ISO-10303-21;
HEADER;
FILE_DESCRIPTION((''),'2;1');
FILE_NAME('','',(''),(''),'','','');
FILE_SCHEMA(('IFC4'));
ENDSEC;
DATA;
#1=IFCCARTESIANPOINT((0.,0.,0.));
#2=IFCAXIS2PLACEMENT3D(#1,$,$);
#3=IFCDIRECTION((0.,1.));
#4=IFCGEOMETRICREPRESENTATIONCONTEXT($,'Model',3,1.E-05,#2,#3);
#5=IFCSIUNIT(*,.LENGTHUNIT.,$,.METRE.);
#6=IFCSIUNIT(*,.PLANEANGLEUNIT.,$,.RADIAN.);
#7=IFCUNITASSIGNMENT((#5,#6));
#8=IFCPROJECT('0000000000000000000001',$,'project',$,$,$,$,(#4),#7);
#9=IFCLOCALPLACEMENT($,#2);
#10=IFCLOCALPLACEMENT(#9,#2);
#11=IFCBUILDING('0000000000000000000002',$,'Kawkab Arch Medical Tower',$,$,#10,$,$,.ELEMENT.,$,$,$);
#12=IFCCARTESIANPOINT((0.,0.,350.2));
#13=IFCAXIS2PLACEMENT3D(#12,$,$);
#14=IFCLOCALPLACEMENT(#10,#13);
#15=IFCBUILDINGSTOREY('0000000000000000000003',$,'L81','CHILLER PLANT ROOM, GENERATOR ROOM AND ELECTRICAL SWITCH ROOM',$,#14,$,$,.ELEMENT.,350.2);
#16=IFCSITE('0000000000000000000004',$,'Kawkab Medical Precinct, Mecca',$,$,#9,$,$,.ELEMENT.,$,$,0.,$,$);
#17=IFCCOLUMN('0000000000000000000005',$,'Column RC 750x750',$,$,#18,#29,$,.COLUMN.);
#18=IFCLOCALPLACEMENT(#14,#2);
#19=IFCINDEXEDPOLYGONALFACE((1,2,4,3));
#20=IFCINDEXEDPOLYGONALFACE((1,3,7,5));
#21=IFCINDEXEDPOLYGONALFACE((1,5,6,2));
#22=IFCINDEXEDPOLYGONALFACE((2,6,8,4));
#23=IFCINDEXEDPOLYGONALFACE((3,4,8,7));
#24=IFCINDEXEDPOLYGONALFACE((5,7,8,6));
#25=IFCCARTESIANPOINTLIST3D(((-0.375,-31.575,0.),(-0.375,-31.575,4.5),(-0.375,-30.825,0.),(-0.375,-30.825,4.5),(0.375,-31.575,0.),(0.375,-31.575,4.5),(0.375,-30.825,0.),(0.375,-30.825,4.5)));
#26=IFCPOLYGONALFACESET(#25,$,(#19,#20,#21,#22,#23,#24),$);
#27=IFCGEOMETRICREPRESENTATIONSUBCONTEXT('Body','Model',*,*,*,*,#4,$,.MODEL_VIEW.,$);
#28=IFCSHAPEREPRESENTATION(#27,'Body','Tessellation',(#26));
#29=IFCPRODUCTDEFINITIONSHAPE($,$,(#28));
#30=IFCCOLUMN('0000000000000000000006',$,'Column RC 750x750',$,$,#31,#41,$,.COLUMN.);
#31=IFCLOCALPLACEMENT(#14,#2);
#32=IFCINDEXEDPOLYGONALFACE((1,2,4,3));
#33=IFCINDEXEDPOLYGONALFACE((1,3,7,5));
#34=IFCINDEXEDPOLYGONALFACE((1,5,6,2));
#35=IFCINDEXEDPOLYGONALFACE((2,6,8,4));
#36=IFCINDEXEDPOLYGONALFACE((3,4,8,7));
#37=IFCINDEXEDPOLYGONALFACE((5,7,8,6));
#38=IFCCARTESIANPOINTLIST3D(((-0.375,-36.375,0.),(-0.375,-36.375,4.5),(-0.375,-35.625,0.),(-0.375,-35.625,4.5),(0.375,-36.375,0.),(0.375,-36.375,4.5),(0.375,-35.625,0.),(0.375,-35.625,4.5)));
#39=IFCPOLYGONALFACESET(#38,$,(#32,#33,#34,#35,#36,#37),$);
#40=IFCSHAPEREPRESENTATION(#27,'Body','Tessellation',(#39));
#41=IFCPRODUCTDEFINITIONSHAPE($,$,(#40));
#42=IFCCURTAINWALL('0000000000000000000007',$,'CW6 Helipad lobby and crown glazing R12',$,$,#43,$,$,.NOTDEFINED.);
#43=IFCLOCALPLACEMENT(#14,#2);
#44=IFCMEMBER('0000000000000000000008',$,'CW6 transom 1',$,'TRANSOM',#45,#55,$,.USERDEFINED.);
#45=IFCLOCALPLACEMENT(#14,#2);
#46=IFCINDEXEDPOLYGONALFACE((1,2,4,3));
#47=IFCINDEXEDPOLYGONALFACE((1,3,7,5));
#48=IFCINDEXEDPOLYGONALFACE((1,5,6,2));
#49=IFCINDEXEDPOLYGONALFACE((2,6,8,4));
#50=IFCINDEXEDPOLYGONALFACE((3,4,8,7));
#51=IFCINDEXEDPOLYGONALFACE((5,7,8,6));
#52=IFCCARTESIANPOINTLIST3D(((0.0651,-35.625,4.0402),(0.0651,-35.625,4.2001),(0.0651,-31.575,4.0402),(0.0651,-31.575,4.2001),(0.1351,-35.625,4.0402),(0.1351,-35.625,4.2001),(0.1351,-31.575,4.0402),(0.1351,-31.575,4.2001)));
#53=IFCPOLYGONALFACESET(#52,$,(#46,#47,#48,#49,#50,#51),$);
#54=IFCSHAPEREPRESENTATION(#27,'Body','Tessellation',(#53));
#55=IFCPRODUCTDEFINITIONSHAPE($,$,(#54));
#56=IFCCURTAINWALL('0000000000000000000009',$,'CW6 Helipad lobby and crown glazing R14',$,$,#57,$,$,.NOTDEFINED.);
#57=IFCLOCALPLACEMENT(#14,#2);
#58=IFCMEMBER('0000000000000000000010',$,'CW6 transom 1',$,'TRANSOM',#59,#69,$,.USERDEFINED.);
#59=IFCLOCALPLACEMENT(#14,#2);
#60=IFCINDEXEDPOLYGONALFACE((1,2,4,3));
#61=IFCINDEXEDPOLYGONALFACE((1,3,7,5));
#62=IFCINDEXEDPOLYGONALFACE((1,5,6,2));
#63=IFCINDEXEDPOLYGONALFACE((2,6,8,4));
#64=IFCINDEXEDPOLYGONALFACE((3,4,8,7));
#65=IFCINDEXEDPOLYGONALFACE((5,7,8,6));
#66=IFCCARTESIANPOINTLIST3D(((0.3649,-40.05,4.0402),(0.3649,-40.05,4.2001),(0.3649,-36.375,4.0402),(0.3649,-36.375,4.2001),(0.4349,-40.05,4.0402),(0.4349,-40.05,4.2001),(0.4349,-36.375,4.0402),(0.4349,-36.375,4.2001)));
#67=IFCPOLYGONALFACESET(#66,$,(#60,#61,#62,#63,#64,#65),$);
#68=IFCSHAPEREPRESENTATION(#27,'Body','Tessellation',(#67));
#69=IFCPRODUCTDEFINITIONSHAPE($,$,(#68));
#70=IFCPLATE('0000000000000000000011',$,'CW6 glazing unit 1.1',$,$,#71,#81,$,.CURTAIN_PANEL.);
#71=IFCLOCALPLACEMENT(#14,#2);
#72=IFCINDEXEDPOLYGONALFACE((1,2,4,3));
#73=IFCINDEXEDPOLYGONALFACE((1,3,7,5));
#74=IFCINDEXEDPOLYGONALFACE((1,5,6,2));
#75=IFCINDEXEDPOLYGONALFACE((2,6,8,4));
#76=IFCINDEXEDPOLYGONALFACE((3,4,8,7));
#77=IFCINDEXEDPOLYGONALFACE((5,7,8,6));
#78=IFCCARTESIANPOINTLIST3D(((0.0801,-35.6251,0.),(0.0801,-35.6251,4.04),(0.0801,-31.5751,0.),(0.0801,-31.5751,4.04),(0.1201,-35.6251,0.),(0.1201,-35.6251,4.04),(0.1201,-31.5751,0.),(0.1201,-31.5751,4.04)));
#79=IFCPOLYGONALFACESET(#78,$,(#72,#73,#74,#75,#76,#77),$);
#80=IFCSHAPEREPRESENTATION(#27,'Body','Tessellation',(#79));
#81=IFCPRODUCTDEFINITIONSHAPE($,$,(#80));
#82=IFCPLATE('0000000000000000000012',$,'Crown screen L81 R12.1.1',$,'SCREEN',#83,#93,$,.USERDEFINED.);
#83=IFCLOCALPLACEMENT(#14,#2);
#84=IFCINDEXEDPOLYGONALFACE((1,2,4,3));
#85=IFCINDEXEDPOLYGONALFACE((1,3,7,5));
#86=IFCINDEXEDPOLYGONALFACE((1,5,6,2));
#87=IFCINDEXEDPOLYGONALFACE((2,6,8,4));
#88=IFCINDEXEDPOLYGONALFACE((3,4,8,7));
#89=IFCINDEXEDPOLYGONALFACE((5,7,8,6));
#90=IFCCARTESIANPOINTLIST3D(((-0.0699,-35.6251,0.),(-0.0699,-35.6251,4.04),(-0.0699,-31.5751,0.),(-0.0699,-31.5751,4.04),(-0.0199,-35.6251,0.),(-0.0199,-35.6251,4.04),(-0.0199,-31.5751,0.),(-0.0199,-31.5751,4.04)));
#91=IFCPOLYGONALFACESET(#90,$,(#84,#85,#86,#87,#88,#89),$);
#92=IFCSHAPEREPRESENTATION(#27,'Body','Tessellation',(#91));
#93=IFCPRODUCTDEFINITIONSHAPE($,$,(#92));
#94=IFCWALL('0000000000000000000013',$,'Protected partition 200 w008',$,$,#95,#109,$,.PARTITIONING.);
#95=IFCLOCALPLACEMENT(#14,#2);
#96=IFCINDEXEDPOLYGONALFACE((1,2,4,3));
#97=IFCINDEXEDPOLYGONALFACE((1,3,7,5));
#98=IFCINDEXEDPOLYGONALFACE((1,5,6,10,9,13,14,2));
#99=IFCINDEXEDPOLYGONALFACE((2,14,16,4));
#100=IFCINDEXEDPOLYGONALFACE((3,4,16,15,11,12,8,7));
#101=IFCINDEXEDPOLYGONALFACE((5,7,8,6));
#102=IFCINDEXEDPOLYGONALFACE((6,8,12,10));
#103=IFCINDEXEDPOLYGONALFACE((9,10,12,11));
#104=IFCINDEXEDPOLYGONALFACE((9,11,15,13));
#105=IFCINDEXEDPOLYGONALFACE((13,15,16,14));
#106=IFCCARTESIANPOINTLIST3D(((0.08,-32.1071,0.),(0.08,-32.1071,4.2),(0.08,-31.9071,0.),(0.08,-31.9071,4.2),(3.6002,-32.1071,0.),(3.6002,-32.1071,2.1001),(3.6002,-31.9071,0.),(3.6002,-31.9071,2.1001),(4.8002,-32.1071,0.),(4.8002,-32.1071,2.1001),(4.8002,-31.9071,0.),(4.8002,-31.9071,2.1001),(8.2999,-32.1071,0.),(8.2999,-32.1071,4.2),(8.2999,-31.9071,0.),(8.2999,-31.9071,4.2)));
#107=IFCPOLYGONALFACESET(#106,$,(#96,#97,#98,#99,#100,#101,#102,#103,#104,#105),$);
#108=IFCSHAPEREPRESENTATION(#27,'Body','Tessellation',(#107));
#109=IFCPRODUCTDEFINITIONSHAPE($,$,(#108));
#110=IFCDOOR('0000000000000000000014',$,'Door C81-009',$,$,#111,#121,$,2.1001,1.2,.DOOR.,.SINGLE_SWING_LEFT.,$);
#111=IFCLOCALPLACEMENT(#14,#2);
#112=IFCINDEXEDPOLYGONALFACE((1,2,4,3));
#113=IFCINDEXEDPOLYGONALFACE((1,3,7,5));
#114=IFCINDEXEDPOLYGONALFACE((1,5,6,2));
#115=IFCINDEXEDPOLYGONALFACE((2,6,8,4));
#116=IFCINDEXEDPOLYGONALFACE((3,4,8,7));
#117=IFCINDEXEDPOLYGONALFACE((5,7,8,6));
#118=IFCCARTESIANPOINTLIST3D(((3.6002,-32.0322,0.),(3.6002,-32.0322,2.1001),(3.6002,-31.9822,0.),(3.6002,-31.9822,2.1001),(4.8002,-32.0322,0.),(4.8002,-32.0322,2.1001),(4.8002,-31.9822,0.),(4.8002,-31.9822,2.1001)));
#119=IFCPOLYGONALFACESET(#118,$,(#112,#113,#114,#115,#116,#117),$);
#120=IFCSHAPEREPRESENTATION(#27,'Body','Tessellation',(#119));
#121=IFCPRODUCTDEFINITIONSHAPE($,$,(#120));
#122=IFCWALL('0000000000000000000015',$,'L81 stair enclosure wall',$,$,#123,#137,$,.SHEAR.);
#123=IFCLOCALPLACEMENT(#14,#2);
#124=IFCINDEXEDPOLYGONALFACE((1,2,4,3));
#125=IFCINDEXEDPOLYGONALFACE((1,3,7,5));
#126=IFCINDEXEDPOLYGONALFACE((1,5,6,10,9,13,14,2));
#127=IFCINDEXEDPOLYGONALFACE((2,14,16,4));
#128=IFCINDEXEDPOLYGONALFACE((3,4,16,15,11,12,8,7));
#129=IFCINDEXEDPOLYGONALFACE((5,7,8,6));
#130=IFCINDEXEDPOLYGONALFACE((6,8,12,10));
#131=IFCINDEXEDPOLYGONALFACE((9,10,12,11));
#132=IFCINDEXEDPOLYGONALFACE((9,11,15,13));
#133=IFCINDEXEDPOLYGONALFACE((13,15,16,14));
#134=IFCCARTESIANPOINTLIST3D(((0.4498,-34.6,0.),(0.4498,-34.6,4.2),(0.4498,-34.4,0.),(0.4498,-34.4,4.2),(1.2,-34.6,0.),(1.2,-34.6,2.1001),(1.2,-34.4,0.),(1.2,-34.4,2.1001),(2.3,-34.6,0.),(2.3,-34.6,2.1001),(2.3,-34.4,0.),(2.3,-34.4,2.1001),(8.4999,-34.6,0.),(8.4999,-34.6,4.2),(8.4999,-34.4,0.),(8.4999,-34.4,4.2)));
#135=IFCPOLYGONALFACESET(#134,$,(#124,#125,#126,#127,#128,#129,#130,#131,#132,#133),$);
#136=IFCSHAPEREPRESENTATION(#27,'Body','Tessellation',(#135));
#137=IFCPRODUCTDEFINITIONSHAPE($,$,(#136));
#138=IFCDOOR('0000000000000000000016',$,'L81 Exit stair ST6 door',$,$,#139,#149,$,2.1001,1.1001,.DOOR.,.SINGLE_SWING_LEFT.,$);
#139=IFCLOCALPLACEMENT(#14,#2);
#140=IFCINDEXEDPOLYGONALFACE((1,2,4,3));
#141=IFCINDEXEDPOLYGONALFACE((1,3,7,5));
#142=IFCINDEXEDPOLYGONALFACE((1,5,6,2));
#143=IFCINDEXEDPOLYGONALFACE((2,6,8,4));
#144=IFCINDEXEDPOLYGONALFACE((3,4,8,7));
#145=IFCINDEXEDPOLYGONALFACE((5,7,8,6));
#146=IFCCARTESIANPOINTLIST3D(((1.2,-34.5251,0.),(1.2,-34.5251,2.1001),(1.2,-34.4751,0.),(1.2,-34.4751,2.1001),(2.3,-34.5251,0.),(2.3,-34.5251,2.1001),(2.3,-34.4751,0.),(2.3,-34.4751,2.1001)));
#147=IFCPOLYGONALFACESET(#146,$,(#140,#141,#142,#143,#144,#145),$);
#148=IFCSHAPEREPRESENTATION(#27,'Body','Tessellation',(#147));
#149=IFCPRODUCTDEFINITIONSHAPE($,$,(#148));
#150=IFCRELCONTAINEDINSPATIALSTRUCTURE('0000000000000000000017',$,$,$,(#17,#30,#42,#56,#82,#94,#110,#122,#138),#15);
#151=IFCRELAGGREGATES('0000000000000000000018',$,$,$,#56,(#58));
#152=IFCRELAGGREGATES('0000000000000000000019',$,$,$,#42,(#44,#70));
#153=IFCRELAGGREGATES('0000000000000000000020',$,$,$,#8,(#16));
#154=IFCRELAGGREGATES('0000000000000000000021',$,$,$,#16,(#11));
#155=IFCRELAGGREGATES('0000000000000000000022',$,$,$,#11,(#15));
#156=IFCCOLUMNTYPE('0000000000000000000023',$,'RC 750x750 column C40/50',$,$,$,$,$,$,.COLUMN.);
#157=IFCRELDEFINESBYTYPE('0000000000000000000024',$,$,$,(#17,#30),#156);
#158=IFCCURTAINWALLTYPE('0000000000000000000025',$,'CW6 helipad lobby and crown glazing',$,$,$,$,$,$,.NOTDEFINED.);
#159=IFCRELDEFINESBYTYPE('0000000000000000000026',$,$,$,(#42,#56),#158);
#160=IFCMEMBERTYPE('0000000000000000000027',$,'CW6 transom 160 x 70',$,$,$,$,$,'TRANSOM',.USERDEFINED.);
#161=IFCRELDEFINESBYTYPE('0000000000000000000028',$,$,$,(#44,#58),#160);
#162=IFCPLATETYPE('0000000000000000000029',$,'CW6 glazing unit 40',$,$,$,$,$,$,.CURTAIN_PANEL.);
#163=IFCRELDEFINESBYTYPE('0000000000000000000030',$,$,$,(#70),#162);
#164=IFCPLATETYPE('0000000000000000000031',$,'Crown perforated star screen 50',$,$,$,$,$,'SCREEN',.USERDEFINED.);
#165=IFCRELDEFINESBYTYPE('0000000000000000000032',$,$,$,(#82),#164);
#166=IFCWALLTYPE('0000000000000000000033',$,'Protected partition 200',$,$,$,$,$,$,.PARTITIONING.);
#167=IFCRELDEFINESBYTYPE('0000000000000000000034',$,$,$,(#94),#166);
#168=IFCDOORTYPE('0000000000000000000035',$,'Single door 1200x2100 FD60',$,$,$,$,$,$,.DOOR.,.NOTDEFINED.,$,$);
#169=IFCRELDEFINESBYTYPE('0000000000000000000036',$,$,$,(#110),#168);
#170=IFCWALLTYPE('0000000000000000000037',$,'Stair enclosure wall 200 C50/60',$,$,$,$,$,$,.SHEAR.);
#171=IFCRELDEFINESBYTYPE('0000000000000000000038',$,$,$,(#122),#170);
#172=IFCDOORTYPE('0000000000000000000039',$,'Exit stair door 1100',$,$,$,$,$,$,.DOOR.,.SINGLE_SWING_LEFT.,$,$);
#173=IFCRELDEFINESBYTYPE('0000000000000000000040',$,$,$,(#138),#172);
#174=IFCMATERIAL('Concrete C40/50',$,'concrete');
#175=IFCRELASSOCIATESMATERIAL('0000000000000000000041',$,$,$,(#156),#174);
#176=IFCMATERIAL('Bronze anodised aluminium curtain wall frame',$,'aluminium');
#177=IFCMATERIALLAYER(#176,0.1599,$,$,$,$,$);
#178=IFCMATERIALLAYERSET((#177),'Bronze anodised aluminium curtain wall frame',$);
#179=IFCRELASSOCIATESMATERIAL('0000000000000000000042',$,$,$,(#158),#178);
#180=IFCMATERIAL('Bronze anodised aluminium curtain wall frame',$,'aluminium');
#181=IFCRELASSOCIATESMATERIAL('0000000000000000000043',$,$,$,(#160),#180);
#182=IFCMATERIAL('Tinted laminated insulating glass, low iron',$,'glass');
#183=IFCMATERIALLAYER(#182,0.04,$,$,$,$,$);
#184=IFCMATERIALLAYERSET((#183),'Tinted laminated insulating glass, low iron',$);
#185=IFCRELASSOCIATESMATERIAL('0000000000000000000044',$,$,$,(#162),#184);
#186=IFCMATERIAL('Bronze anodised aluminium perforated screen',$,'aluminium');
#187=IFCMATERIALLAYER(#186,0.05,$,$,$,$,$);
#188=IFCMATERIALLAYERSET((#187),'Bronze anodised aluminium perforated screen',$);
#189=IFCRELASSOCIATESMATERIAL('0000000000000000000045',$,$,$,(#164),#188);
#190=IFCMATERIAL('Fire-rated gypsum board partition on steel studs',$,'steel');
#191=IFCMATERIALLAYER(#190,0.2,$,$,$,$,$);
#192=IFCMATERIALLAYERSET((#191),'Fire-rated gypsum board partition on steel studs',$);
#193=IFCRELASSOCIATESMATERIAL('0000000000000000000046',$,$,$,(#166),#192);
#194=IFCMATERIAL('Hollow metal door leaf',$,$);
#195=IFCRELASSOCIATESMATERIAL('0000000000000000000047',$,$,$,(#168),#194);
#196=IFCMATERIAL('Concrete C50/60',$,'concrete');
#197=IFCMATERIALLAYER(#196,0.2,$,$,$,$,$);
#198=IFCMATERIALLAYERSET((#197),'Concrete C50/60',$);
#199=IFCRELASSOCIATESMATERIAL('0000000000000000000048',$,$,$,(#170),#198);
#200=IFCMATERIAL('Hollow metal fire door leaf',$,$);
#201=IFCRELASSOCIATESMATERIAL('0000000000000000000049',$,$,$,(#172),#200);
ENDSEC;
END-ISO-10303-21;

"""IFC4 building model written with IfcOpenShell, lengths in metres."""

from ifc_helpers import new_model, si_unit, direction, frame, frame_2d, origin, origin_2d, place, context, subcontext, project, spatial, rectangle, extrude, material, layer, layer_set, material_profile, profile_set, type_object, element, fill, aggregate, save


model = new_model("IFC4")

# Units and contexts
model_context = context("Model", 3, precision=1e-05, world=origin(), true_north=direction((0.0, 1.0)))
body_context = subcontext(model_context, "Body", "Model", "MODEL_VIEW")
ifc_project = project(units=[si_unit("LENGTHUNIT", "METRE"), si_unit("PLANEANGLEUNIT", "RADIAN")], contexts=[model_context])

# Site, building, storey
site_placement = place(None, origin())
site = spatial("IfcSite", under=ifc_project, at=site_placement, Name="Kawkab Medical Precinct, Mecca", CompositionType="ELEMENT", RefElevation=0.0)
building_placement = place(site_placement, origin())
building = spatial("IfcBuilding", under=site, at=building_placement, Name="Kawkab Arch Medical Tower", CompositionType="ELEMENT")
storey_placement = place(building_placement, frame((0.0, 0.0, 350.2)))
storey = spatial("IfcBuildingStorey", under=building, at=storey_placement, Name="L81", Description="CHILLER PLANT ROOM, GENERATOR ROOM AND ELECTRICAL SWITCH ROOM", CompositionType="ELEMENT", Elevation=350.2)

# Columns
ifc_material_1 = material(Name="Concrete C40/50", Category="concrete")
ifc_material_profile_1 = material_profile(ifc_material_1, rectangle(XDim=0.75, YDim=0.75, at=origin_2d()), Name="RC 750x750")
ifc_profile_set_1 = profile_set([ifc_material_profile_1], Name="Concrete C40/50")
column_type = type_object("IfcColumnType", Name="RC 750x750 column C40/50", PredefinedType="COLUMN", material=ifc_profile_set_1)
for number, where, z_axis, x_axis, name in (
    (1, (0.0, -31.2, 0.0), (0.0, 0.0, 1.0), (1.0, 0.0, 0.0), "Column RC 750x750"),
    (2, (0.0, -36.0, 0.0), (0.0, 0.0, 1.0), (1.0, 0.0, 0.0), "Column RC 750x750"),
):
    element("IfcColumn", number, at=place(storey_placement, frame(where, z_axis=z_axis, x_axis=x_axis)), inside=storey, type_object=column_type, Name=name, PredefinedType="COLUMN", context=body_context, shape_type="SweptSolid", body=[
        extrude(rectangle(XDim=0.75, YDim=0.75, at=origin_2d()), origin(), (0.0, 0.0, 1.0), 4.5),
    ])

# Curtain walls, members
ifc_material_2 = material(Name="Bronze anodised aluminium curtain wall frame", Category="aluminium")
ifc_layer_1 = layer(ifc_material_2, 0.1599)
ifc_layer_set_1 = layer_set([ifc_layer_1], Name="Bronze anodised aluminium curtain wall frame")
curtain_wall_type = type_object("IfcCurtainWallType", Name="CW6 helipad lobby and crown glazing", PredefinedType="NOTDEFINED", material=ifc_layer_set_1)
placement = place(storey_placement, origin())
curtain_wall_1 = element("IfcCurtainWall", 3, at=placement, inside=storey, type_object=curtain_wall_type, Name="CW6 Helipad lobby and crown glazing R12", PredefinedType="NOTDEFINED")
ifc_material_3 = material(Name="Bronze anodised aluminium curtain wall frame", Category="aluminium")
ifc_material_profile_2 = material_profile(ifc_material_3, rectangle(XDim=0.0701, YDim=0.1599, at=origin_2d()), Name="AL 70x160")
ifc_profile_set_2 = profile_set([ifc_material_profile_2], Name="Bronze anodised aluminium curtain wall frame")
member_type = type_object("IfcMemberType", Name="CW6 transom 160 x 70", ElementType="TRANSOM", PredefinedType="USERDEFINED", material=ifc_profile_set_2)
member_1_placement = place(storey_placement, frame((0.1001, -31.575, 4.1201), z_axis=(0.0, -1.0, 0.0), x_axis=(1.0, 0.0, 0.0)))
member_1 = element("IfcMember", 4, at=member_1_placement, type_object=member_type, Name="CW6 transom 1", ObjectType="TRANSOM", PredefinedType="USERDEFINED", context=body_context, shape_type="SweptSolid", body=[
    extrude(rectangle(XDim=0.0701, YDim=0.1599, at=origin_2d()), origin(), (0.0, 0.0, 1.0), 4.05),
])
curtain_wall_2 = element("IfcCurtainWall", 5, at=placement, inside=storey, type_object=curtain_wall_type, Name="CW6 Helipad lobby and crown glazing R14", PredefinedType="NOTDEFINED")
member_2_placement = place(storey_placement, frame((0.3999, -36.375, 4.1201), z_axis=(0.0, -1.0, 0.0), x_axis=(1.0, 0.0, 0.0)))
member_2 = element("IfcMember", 6, at=member_2_placement, type_object=member_type, Name="CW6 transom 1", ObjectType="TRANSOM", PredefinedType="USERDEFINED", context=body_context, shape_type="SweptSolid", body=[
    extrude(rectangle(XDim=0.0701, YDim=0.1599, at=origin_2d()), origin(), (0.0, 0.0, 1.0), 3.675),
])
aggregate(curtain_wall_2, [member_2])

# Plates
ifc_material_4 = material(Name="Tinted laminated insulating glass, low iron", Category="glass")
ifc_layer_2 = layer(ifc_material_4, 0.04)
ifc_layer_set_2 = layer_set([ifc_layer_2], Name="Tinted laminated insulating glass, low iron")
plate_type_1 = type_object("IfcPlateType", Name="CW6 glazing unit 40", PredefinedType="CURTAIN_PANEL", material=ifc_layer_set_2)
plate_1_placement = place(storey_placement, frame((0.1001, -33.6001, 0.0), z_axis=(0.0, 0.0, 1.0), x_axis=(0.0, -1.0, 0.0)))
plate_1 = element("IfcPlate", 7, at=plate_1_placement, type_object=plate_type_1, Name="CW6 glazing unit 1.1", PredefinedType="CURTAIN_PANEL", context=body_context, shape_type="SweptSolid", body=[
    extrude(rectangle(XDim=4.05, YDim=0.04, at=origin_2d()), origin(), (0.0, 0.0, 1.0), 4.04),
])
aggregate(curtain_wall_1, [member_1, plate_1])
ifc_material_5 = material(Name="Bronze anodised aluminium perforated screen", Category="aluminium")
ifc_layer_3 = layer(ifc_material_5, 0.05)
ifc_layer_set_3 = layer_set([ifc_layer_3], Name="Bronze anodised aluminium perforated screen")
plate_type_2 = type_object("IfcPlateType", Name="Crown perforated star screen 50", ElementType="SCREEN", PredefinedType="USERDEFINED", material=ifc_layer_set_3)
plate_2_placement = place(storey_placement, frame((-0.0449, -33.6001, 0.0), z_axis=(0.0, 0.0, 1.0), x_axis=(0.0, -1.0, 0.0)))
element("IfcPlate", 8, at=plate_2_placement, inside=storey, type_object=plate_type_2, Name="Crown screen L81 R12.1.1", ObjectType="SCREEN", PredefinedType="USERDEFINED", context=body_context, shape_type="SweptSolid", body=[
    extrude(rectangle(XDim=4.05, YDim=0.05, at=origin_2d()), origin(), (0.0, 0.0, 1.0), 4.04),
])

# Walls, openings, doors
ifc_material_6 = material(Name="Fire-rated gypsum board partition on steel studs", Category="steel")
ifc_layer_4 = layer(ifc_material_6, 0.2)
ifc_layer_set_4 = layer_set([ifc_layer_4], Name="Fire-rated gypsum board partition on steel studs")
wall_type_1 = type_object("IfcWallType", Name="Protected partition 200", PredefinedType="PARTITIONING", material=ifc_layer_set_4)
wall_1_placement = place(storey_placement, frame((0.0801, -32.0071, 0.0), z_axis=(0.0, 0.0, 1.0), x_axis=(1.0, 0.0, 0.0)))
wall_1 = element("IfcWall", 9, at=wall_1_placement, inside=storey, type_object=wall_type_1, Name="Protected partition 200 w008", PredefinedType="PARTITIONING", context=body_context, shape_type="SweptSolid", body=[
    extrude(rectangle(XDim=8.22, YDim=0.2, at=frame_2d((4.1099, 0.0))), origin(), (0.0, 0.0, 1.0), 4.2),
])
opening_1_placement = place(wall_1_placement, frame((3.52, 0.0, 0.0)))
opening_1 = element("IfcOpeningElement", 10, at=opening_1_placement, cuts=wall_1, PredefinedType="OPENING", context=body_context, shape_type="SweptSolid", body=[
    extrude(rectangle(XDim=1.2, YDim=2.1001, at=frame_2d((0.6001, 1.05))), frame((0.0, 0.1099, 0.0), z_axis=(0.0, -1.0, 0.0), x_axis=(1.0, 0.0, 0.0)), (0.0, 0.0, 1.0), 0.22),
])
ifc_material_7 = material(Name="Hollow metal door leaf")
door_type_1 = type_object("IfcDoorType", Name="Single door 1200x2100 FD60", OperationType="NOTDEFINED", PredefinedType="DOOR", material=ifc_material_7)
door_1_placement = place(opening_1_placement, origin())
door_1 = element("IfcDoor", 11, at=door_1_placement, inside=storey, type_object=door_type_1, Name="Door C81-009", OperationType="SINGLE_SWING_LEFT", OverallHeight=2.1001, OverallWidth=1.2, PredefinedType="DOOR", context=body_context, shape_type="SweptSolid", body=[
    extrude(rectangle(XDim=1.2, YDim=2.1001, at=frame_2d((0.6001, 1.05))), frame((0.0, 0.0249, 0.0), z_axis=(0.0, -1.0, 0.0), x_axis=(1.0, 0.0, 0.0)), (0.0, 0.0, 1.0), 0.05),
])
fill(opening_1, door_1)
ifc_material_8 = material(Name="Concrete C50/60", Category="concrete")
ifc_layer_5 = layer(ifc_material_8, 0.2)
ifc_layer_set_5 = layer_set([ifc_layer_5], Name="Concrete C50/60")
wall_type_2 = type_object("IfcWallType", Name="Stair enclosure wall 200 C50/60", PredefinedType="SHEAR", material=ifc_layer_set_5)
wall_2_placement = place(storey_placement, frame((0.45, -34.5, 0.0), z_axis=(0.0, 0.0, 1.0), x_axis=(1.0, 0.0, 0.0)))
wall_2 = element("IfcWall", 12, at=wall_2_placement, inside=storey, type_object=wall_type_2, Name="L81 stair enclosure wall", PredefinedType="SHEAR", context=body_context, shape_type="SweptSolid", body=[
    extrude(rectangle(XDim=8.05, YDim=0.2, at=frame_2d((4.0249, 0.0))), origin(), (0.0, 0.0, 1.0), 4.2),
])
opening_2_placement = place(wall_2_placement, frame((0.75, 0.0, 0.0)))
opening_2 = element("IfcOpeningElement", 13, at=opening_2_placement, cuts=wall_2, PredefinedType="OPENING", context=body_context, shape_type="SweptSolid", body=[
    extrude(rectangle(XDim=1.1001, YDim=2.1001, at=frame_2d((0.55, 1.05))), frame((0.0, 0.1099, 0.0), z_axis=(0.0, -1.0, 0.0), x_axis=(1.0, 0.0, 0.0)), (0.0, 0.0, 1.0), 0.22),
])
ifc_material_9 = material(Name="Hollow metal fire door leaf")
door_type_2 = type_object("IfcDoorType", Name="Exit stair door 1100", OperationType="SINGLE_SWING_LEFT", PredefinedType="DOOR", material=ifc_material_9)
door_2_placement = place(opening_2_placement, origin())
door_2 = element("IfcDoor", 14, at=door_2_placement, inside=storey, type_object=door_type_2, Name="L81 Exit stair ST6 door", OperationType="SINGLE_SWING_LEFT", OverallHeight=2.1001, OverallWidth=1.1001, PredefinedType="DOOR", context=body_context, shape_type="SweptSolid", body=[
    extrude(rectangle(XDim=1.1001, YDim=2.1001, at=frame_2d((0.55, 1.05))), frame((0.0, 0.0249, 0.0), z_axis=(0.0, -1.0, 0.0), x_axis=(1.0, 0.0, 0.0)), (0.0, 0.0, 1.0), 0.05),
])
fill(opening_2, door_2)

save(model, "model.ifc")
